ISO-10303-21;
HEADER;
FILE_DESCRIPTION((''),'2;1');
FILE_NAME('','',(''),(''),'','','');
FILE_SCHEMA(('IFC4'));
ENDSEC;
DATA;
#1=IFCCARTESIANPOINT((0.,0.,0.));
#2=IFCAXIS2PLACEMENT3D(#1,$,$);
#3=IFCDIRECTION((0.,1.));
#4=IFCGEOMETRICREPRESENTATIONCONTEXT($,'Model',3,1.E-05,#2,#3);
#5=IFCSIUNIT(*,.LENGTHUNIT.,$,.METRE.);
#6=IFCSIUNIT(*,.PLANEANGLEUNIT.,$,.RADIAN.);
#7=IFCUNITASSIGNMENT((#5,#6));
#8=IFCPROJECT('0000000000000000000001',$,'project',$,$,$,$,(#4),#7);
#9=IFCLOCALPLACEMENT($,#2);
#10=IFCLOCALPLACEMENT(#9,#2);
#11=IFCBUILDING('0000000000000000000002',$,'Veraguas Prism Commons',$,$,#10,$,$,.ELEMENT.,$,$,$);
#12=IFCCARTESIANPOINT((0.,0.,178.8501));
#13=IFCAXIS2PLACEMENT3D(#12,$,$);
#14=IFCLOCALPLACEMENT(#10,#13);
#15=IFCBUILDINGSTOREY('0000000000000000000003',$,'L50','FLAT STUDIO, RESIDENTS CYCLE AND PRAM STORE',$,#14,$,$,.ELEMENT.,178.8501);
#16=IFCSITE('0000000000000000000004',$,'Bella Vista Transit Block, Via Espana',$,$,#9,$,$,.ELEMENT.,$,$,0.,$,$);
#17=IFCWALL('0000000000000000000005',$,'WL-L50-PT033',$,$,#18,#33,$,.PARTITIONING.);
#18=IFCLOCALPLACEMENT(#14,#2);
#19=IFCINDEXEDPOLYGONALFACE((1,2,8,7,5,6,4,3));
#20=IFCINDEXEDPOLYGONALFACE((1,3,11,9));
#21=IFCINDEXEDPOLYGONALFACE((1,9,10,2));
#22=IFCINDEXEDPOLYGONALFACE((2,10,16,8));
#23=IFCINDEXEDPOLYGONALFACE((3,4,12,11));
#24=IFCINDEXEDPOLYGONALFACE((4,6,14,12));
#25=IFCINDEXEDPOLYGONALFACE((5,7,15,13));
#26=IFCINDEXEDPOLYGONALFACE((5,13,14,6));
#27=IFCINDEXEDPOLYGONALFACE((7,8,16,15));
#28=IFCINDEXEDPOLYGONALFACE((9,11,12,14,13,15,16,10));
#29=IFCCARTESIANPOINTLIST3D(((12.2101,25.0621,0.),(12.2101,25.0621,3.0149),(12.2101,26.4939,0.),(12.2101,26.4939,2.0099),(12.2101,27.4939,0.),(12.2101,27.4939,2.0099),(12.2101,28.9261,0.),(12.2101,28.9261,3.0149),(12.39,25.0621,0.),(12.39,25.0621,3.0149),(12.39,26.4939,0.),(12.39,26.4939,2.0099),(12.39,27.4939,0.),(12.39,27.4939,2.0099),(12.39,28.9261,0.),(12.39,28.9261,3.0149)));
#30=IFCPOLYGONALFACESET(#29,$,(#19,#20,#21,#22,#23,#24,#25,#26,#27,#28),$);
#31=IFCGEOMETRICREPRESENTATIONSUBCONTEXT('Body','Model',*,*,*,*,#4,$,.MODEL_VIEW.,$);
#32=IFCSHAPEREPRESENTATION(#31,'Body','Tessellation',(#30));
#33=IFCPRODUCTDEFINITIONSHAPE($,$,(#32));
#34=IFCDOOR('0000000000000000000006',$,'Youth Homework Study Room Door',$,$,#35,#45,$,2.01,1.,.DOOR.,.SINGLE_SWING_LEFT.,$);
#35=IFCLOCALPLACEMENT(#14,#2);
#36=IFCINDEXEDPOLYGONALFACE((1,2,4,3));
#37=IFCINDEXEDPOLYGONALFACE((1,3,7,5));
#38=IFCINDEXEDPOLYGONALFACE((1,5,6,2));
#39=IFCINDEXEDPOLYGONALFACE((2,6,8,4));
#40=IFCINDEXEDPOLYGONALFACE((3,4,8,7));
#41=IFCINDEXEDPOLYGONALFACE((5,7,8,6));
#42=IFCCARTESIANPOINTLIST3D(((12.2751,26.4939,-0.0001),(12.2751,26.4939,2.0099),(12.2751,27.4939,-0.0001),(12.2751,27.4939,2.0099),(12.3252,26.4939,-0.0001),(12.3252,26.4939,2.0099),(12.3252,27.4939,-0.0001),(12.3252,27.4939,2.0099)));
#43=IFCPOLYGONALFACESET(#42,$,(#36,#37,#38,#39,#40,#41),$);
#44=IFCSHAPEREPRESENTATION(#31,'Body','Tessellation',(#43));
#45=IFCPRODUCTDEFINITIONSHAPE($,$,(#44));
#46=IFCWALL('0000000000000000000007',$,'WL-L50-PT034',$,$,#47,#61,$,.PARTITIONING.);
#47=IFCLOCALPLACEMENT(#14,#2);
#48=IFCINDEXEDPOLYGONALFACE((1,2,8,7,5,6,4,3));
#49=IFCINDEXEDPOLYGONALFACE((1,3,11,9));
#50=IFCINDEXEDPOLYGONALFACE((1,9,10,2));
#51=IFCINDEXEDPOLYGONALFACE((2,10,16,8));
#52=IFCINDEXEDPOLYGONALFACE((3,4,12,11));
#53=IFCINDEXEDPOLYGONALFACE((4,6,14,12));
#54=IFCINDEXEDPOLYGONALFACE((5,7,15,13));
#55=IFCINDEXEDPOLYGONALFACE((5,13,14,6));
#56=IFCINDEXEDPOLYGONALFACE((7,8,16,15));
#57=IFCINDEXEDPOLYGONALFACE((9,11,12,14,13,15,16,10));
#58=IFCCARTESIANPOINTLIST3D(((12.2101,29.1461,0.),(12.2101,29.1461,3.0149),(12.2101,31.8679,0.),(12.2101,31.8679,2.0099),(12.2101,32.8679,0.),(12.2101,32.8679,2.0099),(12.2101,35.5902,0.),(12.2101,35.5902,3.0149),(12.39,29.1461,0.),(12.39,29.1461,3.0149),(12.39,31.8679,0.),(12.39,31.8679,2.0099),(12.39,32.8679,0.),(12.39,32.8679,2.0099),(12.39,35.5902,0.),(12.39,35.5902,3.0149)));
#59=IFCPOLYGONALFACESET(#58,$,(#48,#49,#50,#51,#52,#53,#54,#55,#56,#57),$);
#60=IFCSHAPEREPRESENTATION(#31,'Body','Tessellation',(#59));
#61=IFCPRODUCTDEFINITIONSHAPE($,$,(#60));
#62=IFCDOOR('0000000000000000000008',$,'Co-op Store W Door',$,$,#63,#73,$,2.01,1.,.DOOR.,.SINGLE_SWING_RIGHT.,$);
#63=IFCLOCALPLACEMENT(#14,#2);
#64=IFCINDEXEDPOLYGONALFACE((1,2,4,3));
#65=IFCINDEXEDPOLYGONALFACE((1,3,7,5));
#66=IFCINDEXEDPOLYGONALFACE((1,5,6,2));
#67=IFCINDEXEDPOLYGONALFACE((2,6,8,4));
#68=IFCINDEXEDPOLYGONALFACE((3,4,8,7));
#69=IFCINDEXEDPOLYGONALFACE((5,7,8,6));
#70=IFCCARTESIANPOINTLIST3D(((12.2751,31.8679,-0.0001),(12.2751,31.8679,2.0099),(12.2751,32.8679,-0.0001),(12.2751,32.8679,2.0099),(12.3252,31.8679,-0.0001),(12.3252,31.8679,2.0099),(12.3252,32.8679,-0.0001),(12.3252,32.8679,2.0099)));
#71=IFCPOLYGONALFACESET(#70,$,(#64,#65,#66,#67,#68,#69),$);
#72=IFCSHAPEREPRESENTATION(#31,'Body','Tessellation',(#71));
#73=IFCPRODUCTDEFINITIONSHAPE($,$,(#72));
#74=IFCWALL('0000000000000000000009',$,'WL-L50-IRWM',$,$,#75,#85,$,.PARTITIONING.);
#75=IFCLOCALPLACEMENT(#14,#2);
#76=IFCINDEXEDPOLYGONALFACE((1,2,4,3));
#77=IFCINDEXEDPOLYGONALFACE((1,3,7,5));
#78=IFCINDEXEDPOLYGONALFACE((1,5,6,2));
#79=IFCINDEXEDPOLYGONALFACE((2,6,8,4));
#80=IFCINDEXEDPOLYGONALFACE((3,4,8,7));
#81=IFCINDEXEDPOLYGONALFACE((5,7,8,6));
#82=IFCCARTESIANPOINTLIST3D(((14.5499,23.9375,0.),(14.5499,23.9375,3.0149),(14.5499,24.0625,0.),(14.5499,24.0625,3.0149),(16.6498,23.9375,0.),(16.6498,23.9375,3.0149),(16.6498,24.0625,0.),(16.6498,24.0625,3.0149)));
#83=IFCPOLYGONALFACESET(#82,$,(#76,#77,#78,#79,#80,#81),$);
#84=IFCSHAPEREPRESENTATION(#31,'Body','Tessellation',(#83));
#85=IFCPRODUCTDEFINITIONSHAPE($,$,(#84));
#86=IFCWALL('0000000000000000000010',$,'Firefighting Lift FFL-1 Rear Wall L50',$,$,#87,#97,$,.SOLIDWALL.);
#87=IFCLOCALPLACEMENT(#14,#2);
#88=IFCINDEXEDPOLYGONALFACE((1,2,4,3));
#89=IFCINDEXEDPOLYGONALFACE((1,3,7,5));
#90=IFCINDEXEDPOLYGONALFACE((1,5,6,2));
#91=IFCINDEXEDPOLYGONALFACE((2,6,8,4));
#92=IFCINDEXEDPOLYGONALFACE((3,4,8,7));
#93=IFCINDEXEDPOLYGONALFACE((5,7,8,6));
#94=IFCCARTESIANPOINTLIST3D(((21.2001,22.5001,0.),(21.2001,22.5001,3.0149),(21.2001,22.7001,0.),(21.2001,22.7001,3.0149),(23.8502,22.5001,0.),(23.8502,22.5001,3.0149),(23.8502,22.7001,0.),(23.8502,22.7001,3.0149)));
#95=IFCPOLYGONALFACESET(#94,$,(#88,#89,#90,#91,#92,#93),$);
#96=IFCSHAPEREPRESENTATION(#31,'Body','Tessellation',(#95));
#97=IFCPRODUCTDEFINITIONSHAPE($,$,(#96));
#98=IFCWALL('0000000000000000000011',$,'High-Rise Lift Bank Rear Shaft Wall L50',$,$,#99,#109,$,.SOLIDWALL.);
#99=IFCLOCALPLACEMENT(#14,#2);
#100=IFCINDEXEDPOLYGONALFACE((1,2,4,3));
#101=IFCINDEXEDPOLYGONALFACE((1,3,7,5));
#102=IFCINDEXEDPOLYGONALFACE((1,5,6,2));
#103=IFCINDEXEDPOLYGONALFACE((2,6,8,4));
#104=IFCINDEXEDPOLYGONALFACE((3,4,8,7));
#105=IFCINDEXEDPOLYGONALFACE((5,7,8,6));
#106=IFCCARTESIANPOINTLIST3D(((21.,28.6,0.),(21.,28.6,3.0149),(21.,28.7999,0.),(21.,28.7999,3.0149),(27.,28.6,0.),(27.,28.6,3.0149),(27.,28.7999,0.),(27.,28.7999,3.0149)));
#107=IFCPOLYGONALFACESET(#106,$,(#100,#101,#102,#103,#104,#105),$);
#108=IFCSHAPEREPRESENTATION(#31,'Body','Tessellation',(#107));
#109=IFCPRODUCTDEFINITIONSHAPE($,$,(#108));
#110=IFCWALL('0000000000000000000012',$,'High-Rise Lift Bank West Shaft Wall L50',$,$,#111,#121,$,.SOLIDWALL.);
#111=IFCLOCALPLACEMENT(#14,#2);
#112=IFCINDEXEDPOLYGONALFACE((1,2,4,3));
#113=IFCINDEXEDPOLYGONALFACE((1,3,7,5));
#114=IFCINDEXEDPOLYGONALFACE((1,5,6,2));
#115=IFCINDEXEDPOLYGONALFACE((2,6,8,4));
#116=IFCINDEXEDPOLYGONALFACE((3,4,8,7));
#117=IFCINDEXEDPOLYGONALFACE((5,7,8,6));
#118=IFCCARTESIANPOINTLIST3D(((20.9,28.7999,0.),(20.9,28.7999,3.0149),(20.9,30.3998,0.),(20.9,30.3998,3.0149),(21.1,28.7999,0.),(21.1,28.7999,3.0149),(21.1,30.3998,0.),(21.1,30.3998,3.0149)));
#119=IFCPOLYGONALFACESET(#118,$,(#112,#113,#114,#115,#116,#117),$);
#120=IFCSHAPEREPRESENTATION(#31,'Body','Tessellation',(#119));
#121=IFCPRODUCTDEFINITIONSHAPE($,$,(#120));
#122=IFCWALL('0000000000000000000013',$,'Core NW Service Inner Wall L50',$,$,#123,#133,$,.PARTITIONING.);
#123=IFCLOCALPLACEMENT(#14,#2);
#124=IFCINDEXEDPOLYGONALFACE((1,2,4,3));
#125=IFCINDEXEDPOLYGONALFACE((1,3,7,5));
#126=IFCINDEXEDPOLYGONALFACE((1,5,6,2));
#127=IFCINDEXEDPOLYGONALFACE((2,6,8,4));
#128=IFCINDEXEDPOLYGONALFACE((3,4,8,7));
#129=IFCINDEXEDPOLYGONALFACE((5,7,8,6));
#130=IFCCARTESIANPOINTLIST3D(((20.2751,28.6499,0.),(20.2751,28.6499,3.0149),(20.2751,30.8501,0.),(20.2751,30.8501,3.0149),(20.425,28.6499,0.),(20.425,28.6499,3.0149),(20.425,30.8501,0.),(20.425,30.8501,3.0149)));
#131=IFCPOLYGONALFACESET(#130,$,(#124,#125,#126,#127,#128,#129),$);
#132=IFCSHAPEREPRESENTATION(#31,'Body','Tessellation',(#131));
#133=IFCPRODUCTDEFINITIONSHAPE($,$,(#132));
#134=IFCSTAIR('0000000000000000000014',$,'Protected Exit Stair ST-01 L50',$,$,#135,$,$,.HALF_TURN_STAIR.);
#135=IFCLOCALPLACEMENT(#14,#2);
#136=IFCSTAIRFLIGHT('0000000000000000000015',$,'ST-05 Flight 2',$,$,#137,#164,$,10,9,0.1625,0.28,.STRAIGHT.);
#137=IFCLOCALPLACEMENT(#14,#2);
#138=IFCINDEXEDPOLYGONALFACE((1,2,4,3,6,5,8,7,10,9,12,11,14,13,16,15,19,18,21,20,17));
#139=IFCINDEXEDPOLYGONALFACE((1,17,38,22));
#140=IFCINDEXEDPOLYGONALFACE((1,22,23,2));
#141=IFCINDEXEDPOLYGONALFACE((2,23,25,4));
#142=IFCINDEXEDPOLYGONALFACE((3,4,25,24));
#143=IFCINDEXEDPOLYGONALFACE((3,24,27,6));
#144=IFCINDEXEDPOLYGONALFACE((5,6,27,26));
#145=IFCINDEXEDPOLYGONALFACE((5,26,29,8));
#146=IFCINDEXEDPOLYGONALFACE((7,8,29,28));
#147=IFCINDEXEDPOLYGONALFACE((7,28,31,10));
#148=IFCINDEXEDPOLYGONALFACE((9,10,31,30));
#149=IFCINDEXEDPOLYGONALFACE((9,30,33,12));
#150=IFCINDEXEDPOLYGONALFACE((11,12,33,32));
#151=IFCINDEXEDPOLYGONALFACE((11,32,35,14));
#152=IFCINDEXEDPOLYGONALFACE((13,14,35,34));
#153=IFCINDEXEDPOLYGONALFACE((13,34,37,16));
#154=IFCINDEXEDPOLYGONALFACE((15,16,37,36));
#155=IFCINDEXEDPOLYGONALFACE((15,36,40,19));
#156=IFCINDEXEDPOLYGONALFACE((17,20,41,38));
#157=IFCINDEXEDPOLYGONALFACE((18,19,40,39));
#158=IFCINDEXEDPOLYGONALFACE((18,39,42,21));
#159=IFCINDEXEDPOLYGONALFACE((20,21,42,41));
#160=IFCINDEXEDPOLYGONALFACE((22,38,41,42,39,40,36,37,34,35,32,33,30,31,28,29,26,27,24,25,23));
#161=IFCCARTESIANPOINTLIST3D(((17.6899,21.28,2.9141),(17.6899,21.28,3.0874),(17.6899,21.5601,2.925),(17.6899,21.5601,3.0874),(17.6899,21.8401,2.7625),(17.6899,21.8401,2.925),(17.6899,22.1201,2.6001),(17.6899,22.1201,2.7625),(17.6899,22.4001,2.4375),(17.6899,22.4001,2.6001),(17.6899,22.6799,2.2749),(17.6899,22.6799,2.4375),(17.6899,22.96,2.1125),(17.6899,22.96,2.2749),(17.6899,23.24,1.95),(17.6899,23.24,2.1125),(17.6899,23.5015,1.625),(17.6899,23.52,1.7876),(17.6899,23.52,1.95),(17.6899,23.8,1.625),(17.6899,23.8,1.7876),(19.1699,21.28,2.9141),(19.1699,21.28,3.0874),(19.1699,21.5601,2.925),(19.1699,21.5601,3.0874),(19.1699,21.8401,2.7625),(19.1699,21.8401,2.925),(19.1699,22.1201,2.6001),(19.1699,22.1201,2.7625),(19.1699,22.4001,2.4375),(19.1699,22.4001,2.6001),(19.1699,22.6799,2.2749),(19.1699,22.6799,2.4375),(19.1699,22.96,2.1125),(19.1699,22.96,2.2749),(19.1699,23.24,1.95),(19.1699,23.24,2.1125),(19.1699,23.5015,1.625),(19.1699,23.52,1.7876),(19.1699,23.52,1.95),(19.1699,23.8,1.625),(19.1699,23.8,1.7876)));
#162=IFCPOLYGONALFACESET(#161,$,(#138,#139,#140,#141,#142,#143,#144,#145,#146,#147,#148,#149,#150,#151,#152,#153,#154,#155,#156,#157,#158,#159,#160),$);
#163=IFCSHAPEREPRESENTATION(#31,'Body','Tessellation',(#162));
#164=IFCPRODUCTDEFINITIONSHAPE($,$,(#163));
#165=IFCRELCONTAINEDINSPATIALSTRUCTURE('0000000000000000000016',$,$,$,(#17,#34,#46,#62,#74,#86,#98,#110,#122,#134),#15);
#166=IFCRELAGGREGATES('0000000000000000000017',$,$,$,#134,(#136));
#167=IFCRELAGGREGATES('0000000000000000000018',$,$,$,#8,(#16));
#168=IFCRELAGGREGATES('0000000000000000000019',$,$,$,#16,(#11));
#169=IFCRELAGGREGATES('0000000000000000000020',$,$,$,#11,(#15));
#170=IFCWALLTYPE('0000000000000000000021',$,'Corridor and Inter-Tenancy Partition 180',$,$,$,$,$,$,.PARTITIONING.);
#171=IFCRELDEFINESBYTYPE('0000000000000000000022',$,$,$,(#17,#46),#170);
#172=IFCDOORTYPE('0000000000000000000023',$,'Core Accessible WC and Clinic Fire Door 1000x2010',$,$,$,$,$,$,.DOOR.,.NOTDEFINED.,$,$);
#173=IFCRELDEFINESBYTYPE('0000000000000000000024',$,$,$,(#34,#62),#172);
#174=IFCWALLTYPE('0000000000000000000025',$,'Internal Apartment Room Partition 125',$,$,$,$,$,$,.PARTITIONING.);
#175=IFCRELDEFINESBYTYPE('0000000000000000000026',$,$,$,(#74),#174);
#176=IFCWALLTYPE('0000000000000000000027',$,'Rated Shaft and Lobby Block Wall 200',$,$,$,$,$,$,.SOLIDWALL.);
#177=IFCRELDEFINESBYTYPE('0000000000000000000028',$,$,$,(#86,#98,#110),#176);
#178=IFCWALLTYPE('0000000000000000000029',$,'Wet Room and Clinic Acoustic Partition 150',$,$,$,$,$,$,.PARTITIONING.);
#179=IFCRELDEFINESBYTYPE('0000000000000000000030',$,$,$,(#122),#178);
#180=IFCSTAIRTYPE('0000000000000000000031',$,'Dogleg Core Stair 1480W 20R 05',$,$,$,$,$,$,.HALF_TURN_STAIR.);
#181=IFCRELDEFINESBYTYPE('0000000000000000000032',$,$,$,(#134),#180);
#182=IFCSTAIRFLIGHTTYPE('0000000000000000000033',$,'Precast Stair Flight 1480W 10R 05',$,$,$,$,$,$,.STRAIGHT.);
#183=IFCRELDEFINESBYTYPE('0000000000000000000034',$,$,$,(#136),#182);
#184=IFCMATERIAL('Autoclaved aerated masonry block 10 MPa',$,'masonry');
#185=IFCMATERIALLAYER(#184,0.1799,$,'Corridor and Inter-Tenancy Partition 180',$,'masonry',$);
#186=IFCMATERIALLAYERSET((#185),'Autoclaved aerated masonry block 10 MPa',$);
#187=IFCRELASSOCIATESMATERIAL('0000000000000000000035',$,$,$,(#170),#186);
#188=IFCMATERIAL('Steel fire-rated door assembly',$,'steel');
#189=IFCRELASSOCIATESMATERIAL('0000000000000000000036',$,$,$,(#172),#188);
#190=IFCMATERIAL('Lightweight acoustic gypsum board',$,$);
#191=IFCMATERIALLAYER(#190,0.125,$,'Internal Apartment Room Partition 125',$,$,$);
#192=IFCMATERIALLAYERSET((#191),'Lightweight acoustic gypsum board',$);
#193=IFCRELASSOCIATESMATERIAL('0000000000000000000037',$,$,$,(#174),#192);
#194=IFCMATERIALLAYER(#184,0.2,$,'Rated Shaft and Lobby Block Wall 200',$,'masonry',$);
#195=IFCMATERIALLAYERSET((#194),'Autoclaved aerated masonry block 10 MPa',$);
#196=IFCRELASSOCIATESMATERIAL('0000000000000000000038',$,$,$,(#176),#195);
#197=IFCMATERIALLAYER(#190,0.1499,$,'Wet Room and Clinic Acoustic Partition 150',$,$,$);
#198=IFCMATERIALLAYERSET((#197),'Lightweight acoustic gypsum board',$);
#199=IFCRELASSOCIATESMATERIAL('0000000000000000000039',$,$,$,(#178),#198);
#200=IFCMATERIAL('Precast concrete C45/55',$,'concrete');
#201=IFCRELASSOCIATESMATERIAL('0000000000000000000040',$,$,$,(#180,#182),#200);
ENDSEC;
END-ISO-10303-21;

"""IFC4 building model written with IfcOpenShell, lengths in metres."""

from ifc_helpers import new_model, si_unit, direction, frame, frame_2d, origin, place, context, subcontext, project, spatial, polyline, rectangle, outline, extrude, source, transform, mapped, material, layer, layer_set, type_object, element, fill, aggregate, save


model = new_model("IFC4")

# Units and contexts
model_context = context("Model", 3, precision=1e-05, world=origin(), true_north=direction((0.0, 1.0)))
body_context = subcontext(model_context, "Body", "Model", "MODEL_VIEW")
ifc_project = project(units=[si_unit("LENGTHUNIT", "METRE"), si_unit("PLANEANGLEUNIT", "RADIAN")], contexts=[model_context])

# Site, building, storey
site_placement = place(None, origin())
site = spatial("IfcSite", under=ifc_project, at=site_placement, Name="Bella Vista Transit Block, Via Espana", CompositionType="ELEMENT", RefElevation=0.0)
building_placement = place(site_placement, origin())
building = spatial("IfcBuilding", under=site, at=building_placement, Name="Veraguas Prism Commons", CompositionType="ELEMENT")
storey_placement = place(building_placement, frame((0.0, 0.0, 178.8501)))
storey = spatial("IfcBuildingStorey", under=building, at=storey_placement, Name="L50", Description="FLAT STUDIO, RESIDENTS CYCLE AND PRAM STORE", CompositionType="ELEMENT", Elevation=178.8501)

# Walls, openings, doors
ifc_material_1 = material(Name="Steel fire-rated door assembly", Category="steel")
ifc_material_2 = material(Name="Autoclaved aerated masonry block 10 MPa", Category="masonry")
ifc_layer_1 = layer(ifc_material_2, 0.1799, Name="Corridor and Inter-Tenancy Partition 180", Category="masonry")
ifc_layer_set_1 = layer_set([ifc_layer_1], Name="Autoclaved aerated masonry block 10 MPa")
wall_type_1 = type_object("IfcWallType", Name="Corridor and Inter-Tenancy Partition 180", PredefinedType="PARTITIONING", material=ifc_layer_set_1)
wall_1_placement = place(storey_placement, frame((12.3, 25.062, 0.0), z_axis=(0.0, 0.0, 1.0), x_axis=(0.0, 1.0, 0.0)))
wall_1 = element("IfcWall", 1, at=wall_1_placement, inside=storey, type_object=wall_type_1, Name="WL-L50-PT033", PredefinedType="PARTITIONING", context=body_context, shape_type="SweptSolid", body=[
    extrude(rectangle(XDim=3.864, YDim=0.1799, at=frame_2d((1.9321, 0.0))), origin(), (0.0, 0.0, 1.0), 3.0149),
])
opening_1_placement = place(wall_1_placement, frame((1.4319, 0.0, 0.0)))
opening_1 = element("IfcOpeningElement", 2, at=opening_1_placement, cuts=wall_1, PredefinedType="OPENING", context=body_context, shape_type="SweptSolid", body=[
    extrude(rectangle(XDim=1.0, YDim=2.01, at=frame_2d((0.5, 1.0049))), frame((0.0, 0.0999, 0.0), z_axis=(0.0, -1.0, 0.0), x_axis=(1.0, 0.0, 0.0)), (0.0, 0.0, 1.0), 0.2),
])
door_type_1 = type_object("IfcDoorType", Name="Core Accessible WC and Clinic Fire Door 1000x2010", OperationType="NOTDEFINED", PredefinedType="DOOR", material=ifc_material_1)
shared_shape_1 = source(origin(), body_context, "Body", "SweptSolid", [
    extrude(rectangle(XDim=1.0, YDim=2.01, at=frame_2d((0.5, 1.0049))), frame((0.0, 0.0249, 0.0), z_axis=(0.0, -1.0, 0.0), x_axis=(1.0, 0.0, 0.0)), (0.0, 0.0, 1.0), 0.05),
])
door_1_placement = place(opening_1_placement, origin())
door_1 = element("IfcDoor", 3, at=door_1_placement, inside=storey, type_object=door_type_1, Name="Youth Homework Study Room Door", OperationType="SINGLE_SWING_LEFT", OverallHeight=2.01, OverallWidth=1.0, PredefinedType="DOOR", context=body_context, shape_type="MappedRepresentation", body=[
    mapped(shared_shape_1, transform((0.0, 0.0, 0.0), scale=1.0)),
])
fill(opening_1, door_1)
wall_2_placement = place(storey_placement, frame((12.3, 29.146, 0.0), z_axis=(0.0, 0.0, 1.0), x_axis=(0.0, 1.0, 0.0)))
wall_2 = element("IfcWall", 4, at=wall_2_placement, inside=storey, type_object=wall_type_1, Name="WL-L50-PT034", PredefinedType="PARTITIONING", context=body_context, shape_type="SweptSolid", body=[
    extrude(rectangle(XDim=6.4441, YDim=0.1799, at=frame_2d((3.2222, 0.0))), origin(), (0.0, 0.0, 1.0), 3.0149),
])
opening_2_placement = place(wall_2_placement, frame((2.7219, 0.0, 0.0)))
opening_2 = element("IfcOpeningElement", 5, at=opening_2_placement, cuts=wall_2, PredefinedType="OPENING", context=body_context, shape_type="SweptSolid", body=[
    extrude(rectangle(XDim=1.0, YDim=2.01, at=frame_2d((0.5, 1.0049))), frame((0.0, 0.0999, 0.0), z_axis=(0.0, -1.0, 0.0), x_axis=(1.0, 0.0, 0.0)), (0.0, 0.0, 1.0), 0.2),
])
door_2_placement = place(opening_2_placement, origin())
door_2 = element("IfcDoor", 6, at=door_2_placement, inside=storey, type_object=door_type_1, Name="Co-op Store W Door", OperationType="SINGLE_SWING_RIGHT", OverallHeight=2.01, OverallWidth=1.0, PredefinedType="DOOR", context=body_context, shape_type="MappedRepresentation", body=[
    mapped(shared_shape_1, transform((0.0, 0.0, 0.0), scale=1.0)),
])
fill(opening_2, door_2)

# Walls
ifc_material_3 = material(Name="Lightweight acoustic gypsum board")
ifc_layer_2 = layer(ifc_material_3, 0.125, Name="Internal Apartment Room Partition 125")
ifc_layer_set_2 = layer_set([ifc_layer_2], Name="Lightweight acoustic gypsum board")
wall_type_2 = type_object("IfcWallType", Name="Internal Apartment Room Partition 125", PredefinedType="PARTITIONING", material=ifc_layer_set_2)
wall_3_placement = place(storey_placement, frame((14.55, 24.0, 0.0), z_axis=(0.0, 0.0, 1.0), x_axis=(1.0, 0.0, 0.0)))
element("IfcWall", 7, at=wall_3_placement, inside=storey, type_object=wall_type_2, Name="WL-L50-IRWM", PredefinedType="PARTITIONING", context=body_context, shape_type="SweptSolid", body=[
    extrude(rectangle(XDim=2.0999, YDim=0.125, at=frame_2d((1.0498, 0.0))), origin(), (0.0, 0.0, 1.0), 3.0149),
])
ifc_layer_3 = layer(ifc_material_2, 0.2, Name="Rated Shaft and Lobby Block Wall 200", Category="masonry")
ifc_layer_set_3 = layer_set([ifc_layer_3], Name="Autoclaved aerated masonry block 10 MPa")
wall_type_3 = type_object("IfcWallType", Name="Rated Shaft and Lobby Block Wall 200", PredefinedType="SOLIDWALL", material=ifc_layer_set_3)
wall_4_placement = place(storey_placement, frame((21.2, 22.6001, 0.0), z_axis=(0.0, 0.0, 1.0), x_axis=(1.0, 0.0, 0.0)))
element("IfcWall", 8, at=wall_4_placement, inside=storey, type_object=wall_type_3, Name="Firefighting Lift FFL-1 Rear Wall L50", PredefinedType="SOLIDWALL", context=body_context, shape_type="SweptSolid", body=[
    extrude(rectangle(XDim=2.6501, YDim=0.2, at=frame_2d((1.3252, 0.0))), origin(), (0.0, 0.0, 1.0), 3.0149),
])
wall_5_placement = place(storey_placement, frame((21.0, 28.7, 0.0), z_axis=(0.0, 0.0, 1.0), x_axis=(1.0, 0.0, 0.0)))
element("IfcWall", 9, at=wall_5_placement, inside=storey, type_object=wall_type_3, Name="High-Rise Lift Bank Rear Shaft Wall L50", PredefinedType="SOLIDWALL", context=body_context, shape_type="SweptSolid", body=[
    extrude(rectangle(XDim=6.0, YDim=0.2, at=frame_2d((3.0, 0.0))), origin(), (0.0, 0.0, 1.0), 3.0149),
])
wall_6_placement = place(storey_placement, frame((21.0, 28.8, 0.0), z_axis=(0.0, 0.0, 1.0), x_axis=(0.0, 1.0, 0.0)))
element("IfcWall", 10, at=wall_6_placement, inside=storey, type_object=wall_type_3, Name="High-Rise Lift Bank West Shaft Wall L50", PredefinedType="SOLIDWALL", context=body_context, shape_type="SweptSolid", body=[
    extrude(rectangle(XDim=1.5999, YDim=0.2, at=frame_2d((0.7998, 0.0))), origin(), (0.0, 0.0, 1.0), 3.0149),
])
ifc_layer_4 = layer(ifc_material_3, 0.1499, Name="Wet Room and Clinic Acoustic Partition 150")
ifc_layer_set_4 = layer_set([ifc_layer_4], Name="Lightweight acoustic gypsum board")
wall_type_4 = type_object("IfcWallType", Name="Wet Room and Clinic Acoustic Partition 150", PredefinedType="PARTITIONING", material=ifc_layer_set_4)
wall_7_placement = place(storey_placement, frame((20.3501, 28.6499, 0.0), z_axis=(0.0, 0.0, 1.0), x_axis=(0.0, 1.0, 0.0)))
element("IfcWall", 11, at=wall_7_placement, inside=storey, type_object=wall_type_4, Name="Core NW Service Inner Wall L50", PredefinedType="PARTITIONING", context=body_context, shape_type="SweptSolid", body=[
    extrude(rectangle(XDim=2.2002, YDim=0.1499, at=frame_2d((1.1001, 0.0))), origin(), (0.0, 0.0, 1.0), 3.0149),
])

# Stair, stair flight
ifc_material_4 = material(Name="Precast concrete C45/55", Category="concrete")
stair_type = type_object("IfcStairType", Name="Dogleg Core Stair 1480W 20R 05", PredefinedType="HALF_TURN_STAIR", material=ifc_material_4)
stair_placement = place(storey_placement, origin())
stair = element("IfcStair", 12, at=stair_placement, inside=storey, type_object=stair_type, Name="Protected Exit Stair ST-01 L50", PredefinedType="HALF_TURN_STAIR")
stair_flight_type = type_object("IfcStairFlightType", Name="Precast Stair Flight 1480W 10R 05", PredefinedType="STRAIGHT", material=ifc_material_4)
stair_flight_placement = place(storey_placement, frame((18.4299, 23.8, 1.625), z_axis=(0.0, 0.0, 1.0), x_axis=(0.0, -1.0, 0.0)))
stair_flight = element("IfcStairFlight", 13, at=stair_flight_placement, type_object=stair_flight_type, Name="ST-05 Flight 2", NumberOfRisers=10, NumberOfTreads=9, PredefinedType="STRAIGHT", RiserHeight=0.1625, TreadLength=0.28, context=body_context, shape_type="SweptSolid", body=[
    extrude(outline(polyline([(0.0, 0.0), (0.0, 0.1626), (0.28, 0.1626), (0.28, 0.325), (0.5601, 0.325), (0.5601, 0.4875), (0.8401, 0.4875), (0.8401, 0.6499), (1.1201, 0.6499), (1.1201, 0.8125), (1.3999, 0.8125), (1.3999, 0.9751), (1.6799, 0.9751), (1.6799, 1.1375), (1.96, 1.1375), (1.96, 1.3), (2.24, 1.3), (2.24, 1.4624), (2.52, 1.4624), (2.52, 1.625), (2.52, 1.2891), (0.2986, 0.0), (0.0, 0.0)])), frame((0.0, 0.74, 0.0), z_axis=(0.0, -1.0, 0.0), x_axis=(1.0, 0.0, 0.0)), (0.0, 0.0, 1.0), 1.48),
])
aggregate(stair, [stair_flight])

save(model, "model.ifc")
